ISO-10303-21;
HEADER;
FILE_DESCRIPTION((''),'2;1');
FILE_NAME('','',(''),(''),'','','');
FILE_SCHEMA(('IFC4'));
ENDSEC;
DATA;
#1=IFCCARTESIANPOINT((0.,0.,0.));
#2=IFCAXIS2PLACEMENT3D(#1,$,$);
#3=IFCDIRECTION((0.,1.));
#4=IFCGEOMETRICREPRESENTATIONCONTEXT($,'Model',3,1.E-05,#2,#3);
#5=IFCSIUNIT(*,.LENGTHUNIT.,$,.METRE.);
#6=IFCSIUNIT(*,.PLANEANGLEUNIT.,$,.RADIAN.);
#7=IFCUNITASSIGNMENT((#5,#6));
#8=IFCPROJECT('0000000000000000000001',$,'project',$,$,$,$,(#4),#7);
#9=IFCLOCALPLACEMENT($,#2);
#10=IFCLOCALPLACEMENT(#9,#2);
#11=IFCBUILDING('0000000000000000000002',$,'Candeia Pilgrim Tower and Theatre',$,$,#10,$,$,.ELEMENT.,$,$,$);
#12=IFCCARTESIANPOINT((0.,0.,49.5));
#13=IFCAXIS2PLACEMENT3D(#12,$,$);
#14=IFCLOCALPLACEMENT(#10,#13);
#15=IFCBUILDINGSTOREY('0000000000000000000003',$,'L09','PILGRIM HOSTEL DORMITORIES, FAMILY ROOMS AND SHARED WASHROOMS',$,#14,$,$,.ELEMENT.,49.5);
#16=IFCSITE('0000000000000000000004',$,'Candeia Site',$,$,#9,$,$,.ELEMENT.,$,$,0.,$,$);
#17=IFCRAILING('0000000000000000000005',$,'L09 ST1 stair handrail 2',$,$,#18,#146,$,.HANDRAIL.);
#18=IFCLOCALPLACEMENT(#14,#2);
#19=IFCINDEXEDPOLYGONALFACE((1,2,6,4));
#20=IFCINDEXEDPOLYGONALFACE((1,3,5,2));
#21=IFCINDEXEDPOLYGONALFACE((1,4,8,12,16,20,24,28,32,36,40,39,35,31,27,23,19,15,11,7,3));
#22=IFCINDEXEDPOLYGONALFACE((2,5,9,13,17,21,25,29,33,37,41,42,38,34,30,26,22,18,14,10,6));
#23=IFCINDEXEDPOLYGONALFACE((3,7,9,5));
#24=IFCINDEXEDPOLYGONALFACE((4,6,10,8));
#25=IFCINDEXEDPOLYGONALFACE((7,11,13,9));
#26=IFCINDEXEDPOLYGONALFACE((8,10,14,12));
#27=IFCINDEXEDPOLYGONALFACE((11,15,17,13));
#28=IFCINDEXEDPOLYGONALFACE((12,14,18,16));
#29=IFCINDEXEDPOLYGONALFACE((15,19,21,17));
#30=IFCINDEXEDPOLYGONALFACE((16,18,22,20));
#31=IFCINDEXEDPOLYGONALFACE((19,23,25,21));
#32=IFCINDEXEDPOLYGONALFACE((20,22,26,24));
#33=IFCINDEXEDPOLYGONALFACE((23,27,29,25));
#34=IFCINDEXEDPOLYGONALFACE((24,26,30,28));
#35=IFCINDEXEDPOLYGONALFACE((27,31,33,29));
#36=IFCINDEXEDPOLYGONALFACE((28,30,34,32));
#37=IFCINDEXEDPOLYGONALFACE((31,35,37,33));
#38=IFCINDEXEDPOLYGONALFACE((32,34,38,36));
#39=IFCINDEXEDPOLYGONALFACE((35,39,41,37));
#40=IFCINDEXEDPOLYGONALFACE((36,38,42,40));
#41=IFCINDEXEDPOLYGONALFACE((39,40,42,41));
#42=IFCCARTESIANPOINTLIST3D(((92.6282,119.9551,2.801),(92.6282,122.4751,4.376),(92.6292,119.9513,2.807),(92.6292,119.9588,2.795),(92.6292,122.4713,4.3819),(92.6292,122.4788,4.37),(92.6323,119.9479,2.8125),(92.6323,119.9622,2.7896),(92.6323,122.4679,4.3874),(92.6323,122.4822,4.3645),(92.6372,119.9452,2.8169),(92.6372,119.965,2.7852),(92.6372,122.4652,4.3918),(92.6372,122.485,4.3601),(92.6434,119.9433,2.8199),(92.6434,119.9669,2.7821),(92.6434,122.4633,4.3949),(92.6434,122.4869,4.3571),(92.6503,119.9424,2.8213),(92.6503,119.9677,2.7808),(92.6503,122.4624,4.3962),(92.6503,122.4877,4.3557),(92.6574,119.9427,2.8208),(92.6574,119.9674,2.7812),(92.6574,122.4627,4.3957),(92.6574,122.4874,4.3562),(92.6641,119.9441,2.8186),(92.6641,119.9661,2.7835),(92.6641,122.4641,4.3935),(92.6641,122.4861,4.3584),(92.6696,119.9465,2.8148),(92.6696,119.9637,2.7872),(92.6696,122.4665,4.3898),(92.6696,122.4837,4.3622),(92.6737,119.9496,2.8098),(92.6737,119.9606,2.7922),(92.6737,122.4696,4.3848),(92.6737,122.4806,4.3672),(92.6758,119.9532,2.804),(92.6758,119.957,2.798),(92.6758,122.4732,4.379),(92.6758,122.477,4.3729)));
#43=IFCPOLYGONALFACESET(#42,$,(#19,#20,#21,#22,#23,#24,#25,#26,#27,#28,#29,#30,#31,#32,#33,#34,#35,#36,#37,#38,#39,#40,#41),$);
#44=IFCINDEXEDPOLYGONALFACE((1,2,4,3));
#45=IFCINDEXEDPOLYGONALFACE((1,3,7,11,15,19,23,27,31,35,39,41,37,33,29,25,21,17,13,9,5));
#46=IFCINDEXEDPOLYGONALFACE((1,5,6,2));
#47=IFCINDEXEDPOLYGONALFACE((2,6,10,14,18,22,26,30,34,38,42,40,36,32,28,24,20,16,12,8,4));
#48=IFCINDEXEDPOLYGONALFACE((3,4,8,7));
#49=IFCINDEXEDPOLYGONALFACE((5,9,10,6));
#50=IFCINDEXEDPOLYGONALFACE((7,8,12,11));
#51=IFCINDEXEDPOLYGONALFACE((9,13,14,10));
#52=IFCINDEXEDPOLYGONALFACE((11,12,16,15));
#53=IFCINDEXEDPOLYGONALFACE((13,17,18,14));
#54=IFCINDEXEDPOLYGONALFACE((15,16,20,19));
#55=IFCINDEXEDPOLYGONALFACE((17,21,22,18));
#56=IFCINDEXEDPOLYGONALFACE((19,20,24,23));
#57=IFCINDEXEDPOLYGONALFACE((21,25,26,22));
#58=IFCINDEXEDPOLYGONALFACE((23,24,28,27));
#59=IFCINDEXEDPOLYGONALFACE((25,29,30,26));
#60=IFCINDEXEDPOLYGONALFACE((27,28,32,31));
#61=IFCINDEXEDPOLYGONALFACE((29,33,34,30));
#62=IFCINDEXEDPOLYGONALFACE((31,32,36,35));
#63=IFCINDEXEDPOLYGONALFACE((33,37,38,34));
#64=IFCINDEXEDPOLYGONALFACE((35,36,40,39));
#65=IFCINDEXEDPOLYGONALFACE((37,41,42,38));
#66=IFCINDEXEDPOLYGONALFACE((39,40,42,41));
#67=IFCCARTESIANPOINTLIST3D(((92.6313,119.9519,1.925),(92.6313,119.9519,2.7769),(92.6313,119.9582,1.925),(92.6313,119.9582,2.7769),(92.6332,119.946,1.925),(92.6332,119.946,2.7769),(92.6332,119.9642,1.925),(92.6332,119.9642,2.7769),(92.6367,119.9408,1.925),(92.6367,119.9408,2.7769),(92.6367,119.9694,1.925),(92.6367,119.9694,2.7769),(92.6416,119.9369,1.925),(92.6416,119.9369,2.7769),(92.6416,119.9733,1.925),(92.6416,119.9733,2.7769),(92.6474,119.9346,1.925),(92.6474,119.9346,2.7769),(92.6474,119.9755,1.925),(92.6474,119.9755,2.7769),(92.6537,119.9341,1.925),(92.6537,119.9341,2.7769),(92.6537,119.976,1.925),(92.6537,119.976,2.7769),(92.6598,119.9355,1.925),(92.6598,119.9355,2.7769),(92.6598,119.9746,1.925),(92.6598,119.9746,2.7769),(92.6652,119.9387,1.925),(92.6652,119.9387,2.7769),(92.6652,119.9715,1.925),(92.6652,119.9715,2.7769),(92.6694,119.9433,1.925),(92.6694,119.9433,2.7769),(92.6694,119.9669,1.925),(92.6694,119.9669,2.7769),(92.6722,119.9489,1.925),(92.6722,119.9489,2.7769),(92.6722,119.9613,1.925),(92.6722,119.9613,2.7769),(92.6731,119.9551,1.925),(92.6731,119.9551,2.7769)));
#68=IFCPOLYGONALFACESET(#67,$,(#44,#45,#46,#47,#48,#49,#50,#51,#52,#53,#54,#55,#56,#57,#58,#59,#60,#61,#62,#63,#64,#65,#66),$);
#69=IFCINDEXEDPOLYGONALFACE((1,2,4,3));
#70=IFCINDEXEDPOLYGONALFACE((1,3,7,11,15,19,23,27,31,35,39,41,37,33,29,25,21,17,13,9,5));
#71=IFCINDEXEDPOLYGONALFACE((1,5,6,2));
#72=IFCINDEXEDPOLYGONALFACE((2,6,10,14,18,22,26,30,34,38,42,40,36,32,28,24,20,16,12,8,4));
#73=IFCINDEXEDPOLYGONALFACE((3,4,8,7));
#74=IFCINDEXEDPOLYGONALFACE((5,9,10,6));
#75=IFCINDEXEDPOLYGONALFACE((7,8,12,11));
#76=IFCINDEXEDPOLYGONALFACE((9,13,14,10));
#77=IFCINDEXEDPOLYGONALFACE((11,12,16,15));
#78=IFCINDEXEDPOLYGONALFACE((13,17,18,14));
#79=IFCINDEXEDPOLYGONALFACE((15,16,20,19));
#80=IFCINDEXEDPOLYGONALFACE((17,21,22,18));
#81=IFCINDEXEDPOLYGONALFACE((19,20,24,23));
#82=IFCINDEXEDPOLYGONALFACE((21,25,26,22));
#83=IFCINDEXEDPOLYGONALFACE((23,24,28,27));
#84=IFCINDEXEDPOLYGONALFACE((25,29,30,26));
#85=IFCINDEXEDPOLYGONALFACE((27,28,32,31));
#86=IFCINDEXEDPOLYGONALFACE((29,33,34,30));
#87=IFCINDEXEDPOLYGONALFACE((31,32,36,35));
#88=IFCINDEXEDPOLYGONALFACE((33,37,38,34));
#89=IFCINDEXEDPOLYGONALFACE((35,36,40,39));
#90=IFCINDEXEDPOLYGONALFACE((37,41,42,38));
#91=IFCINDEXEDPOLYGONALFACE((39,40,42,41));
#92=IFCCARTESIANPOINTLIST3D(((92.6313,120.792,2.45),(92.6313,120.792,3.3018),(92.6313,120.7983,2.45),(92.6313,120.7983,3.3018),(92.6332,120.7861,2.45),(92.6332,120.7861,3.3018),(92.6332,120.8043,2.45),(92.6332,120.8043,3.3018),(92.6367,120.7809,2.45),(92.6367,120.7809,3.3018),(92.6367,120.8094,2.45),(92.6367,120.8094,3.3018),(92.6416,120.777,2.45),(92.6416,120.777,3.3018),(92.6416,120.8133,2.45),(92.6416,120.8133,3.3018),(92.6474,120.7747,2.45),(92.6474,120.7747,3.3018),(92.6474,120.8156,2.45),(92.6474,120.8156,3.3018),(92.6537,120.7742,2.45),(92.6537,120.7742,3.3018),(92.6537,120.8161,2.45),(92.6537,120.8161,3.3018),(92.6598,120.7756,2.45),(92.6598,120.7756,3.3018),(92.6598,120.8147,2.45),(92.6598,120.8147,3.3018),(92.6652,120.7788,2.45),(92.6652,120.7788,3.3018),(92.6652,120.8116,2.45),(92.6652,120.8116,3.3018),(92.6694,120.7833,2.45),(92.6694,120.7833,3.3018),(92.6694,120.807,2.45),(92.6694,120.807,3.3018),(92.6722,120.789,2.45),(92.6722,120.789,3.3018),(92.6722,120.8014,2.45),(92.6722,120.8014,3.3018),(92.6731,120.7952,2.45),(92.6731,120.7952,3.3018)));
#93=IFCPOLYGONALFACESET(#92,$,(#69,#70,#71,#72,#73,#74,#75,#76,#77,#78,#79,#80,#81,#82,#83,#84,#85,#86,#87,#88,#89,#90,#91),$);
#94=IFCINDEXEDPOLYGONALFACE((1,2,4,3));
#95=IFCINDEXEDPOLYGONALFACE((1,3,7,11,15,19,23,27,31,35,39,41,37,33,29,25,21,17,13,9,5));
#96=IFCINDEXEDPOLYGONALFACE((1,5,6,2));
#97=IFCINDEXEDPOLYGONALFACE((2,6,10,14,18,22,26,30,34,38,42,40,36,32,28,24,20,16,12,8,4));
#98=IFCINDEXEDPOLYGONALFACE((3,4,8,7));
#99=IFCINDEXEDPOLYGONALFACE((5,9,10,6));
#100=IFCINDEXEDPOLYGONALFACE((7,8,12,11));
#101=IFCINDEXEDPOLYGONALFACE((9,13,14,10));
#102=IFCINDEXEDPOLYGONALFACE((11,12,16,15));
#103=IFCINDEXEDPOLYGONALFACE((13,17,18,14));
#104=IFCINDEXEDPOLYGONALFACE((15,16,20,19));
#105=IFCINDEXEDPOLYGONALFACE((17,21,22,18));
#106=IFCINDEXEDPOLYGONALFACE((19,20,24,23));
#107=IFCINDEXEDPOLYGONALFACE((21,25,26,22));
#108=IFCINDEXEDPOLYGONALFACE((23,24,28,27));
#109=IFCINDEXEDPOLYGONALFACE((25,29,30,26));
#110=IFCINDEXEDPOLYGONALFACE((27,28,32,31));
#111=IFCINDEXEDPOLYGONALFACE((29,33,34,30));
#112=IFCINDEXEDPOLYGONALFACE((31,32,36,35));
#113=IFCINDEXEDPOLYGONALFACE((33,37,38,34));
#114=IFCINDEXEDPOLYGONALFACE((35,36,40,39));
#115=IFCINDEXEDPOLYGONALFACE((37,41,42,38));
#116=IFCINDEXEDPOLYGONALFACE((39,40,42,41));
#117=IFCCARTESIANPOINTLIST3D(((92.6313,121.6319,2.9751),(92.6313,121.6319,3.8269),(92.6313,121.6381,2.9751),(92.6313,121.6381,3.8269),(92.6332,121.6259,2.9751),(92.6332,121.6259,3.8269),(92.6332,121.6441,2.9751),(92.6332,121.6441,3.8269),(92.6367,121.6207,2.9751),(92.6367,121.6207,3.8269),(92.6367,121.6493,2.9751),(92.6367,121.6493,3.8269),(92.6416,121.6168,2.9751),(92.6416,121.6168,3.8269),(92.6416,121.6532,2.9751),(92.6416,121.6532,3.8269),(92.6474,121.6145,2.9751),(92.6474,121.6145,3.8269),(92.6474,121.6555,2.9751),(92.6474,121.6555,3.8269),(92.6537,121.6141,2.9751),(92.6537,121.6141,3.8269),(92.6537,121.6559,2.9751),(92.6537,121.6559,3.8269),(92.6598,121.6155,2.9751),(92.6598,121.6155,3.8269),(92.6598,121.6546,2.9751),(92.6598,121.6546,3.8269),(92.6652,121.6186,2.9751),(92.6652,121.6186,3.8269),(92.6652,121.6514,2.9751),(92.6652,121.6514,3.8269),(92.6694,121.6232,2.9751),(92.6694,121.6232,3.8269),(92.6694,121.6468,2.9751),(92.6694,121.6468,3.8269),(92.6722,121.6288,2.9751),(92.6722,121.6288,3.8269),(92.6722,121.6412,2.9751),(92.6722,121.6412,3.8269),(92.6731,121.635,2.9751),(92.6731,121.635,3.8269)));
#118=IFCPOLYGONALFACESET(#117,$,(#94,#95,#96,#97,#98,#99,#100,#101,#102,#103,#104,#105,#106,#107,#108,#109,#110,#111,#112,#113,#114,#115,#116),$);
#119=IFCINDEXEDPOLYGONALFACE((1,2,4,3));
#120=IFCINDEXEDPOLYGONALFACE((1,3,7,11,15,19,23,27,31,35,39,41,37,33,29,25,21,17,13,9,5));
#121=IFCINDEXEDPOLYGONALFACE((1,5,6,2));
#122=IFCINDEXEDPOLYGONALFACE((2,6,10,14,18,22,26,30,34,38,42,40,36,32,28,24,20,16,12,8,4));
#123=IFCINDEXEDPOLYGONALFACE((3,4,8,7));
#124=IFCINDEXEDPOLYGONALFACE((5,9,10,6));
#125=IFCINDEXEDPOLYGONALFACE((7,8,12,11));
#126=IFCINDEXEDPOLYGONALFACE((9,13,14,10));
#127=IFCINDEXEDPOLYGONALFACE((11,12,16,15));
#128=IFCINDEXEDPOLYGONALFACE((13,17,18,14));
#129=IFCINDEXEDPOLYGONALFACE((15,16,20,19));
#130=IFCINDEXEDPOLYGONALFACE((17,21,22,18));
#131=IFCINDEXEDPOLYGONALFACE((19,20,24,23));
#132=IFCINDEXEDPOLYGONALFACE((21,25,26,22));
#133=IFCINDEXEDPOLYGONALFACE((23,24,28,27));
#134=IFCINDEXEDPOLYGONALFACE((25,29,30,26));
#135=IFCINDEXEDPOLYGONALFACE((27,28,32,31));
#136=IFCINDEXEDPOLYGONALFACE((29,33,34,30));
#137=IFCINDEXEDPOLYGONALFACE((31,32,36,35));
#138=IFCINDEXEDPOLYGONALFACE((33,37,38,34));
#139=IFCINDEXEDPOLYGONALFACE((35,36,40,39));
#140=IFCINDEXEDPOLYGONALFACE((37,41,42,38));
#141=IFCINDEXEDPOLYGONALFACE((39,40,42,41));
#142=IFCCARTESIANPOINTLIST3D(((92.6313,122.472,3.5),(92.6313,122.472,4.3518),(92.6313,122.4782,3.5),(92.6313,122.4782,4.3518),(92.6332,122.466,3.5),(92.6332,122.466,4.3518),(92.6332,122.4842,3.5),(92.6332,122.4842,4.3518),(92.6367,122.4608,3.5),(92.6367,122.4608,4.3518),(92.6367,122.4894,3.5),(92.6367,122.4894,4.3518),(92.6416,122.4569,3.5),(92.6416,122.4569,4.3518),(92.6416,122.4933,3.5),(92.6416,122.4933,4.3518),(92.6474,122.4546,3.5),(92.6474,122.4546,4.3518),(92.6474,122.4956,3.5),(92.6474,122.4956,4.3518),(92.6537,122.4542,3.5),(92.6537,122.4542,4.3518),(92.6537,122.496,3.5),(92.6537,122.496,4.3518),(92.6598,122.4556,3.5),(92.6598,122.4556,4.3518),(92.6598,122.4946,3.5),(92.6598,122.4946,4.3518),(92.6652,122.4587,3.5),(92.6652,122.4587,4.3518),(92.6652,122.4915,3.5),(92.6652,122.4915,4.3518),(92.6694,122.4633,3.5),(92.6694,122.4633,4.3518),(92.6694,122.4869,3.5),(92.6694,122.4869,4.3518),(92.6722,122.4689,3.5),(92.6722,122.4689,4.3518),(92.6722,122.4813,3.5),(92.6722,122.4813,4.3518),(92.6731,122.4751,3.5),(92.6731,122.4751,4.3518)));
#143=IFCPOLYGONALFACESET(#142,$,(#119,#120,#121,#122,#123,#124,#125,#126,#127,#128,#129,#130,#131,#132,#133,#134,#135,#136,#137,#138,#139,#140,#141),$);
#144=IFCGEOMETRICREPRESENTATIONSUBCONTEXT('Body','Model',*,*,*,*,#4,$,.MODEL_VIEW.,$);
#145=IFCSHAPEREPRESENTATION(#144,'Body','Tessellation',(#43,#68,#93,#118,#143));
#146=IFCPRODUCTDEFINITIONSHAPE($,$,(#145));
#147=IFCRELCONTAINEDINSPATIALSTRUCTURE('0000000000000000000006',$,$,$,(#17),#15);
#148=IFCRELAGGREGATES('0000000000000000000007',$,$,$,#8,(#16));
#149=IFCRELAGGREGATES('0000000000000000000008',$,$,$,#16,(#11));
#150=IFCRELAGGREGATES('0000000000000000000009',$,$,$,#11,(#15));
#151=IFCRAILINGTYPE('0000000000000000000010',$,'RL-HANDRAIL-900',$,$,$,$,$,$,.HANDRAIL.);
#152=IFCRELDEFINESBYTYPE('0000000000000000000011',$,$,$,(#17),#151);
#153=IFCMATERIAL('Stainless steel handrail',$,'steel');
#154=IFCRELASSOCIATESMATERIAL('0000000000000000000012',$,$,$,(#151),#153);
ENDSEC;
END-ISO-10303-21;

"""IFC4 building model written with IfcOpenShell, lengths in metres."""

from ifc_helpers import new_model, si_unit, direction, frame, origin, origin_2d, place, context, subcontext, project, spatial, circle, extrude, material, type_object, element, save


model = new_model("IFC4")

# Units and contexts
model_context = context("Model", 3, precision=1e-05, world=origin(), true_north=direction((0.0, 1.0)))
body_context = subcontext(model_context, "Body", "Model", "MODEL_VIEW")
ifc_project = project(units=[si_unit("LENGTHUNIT", "METRE"), si_unit("PLANEANGLEUNIT", "RADIAN")], contexts=[model_context])

# Site, building, storey
site_placement = place(None, origin())
site = spatial("IfcSite", under=ifc_project, at=site_placement, Name="Candeia Site", CompositionType="ELEMENT", RefElevation=0.0)
building_placement = place(site_placement, origin())
building = spatial("IfcBuilding", under=site, at=building_placement, Name="Candeia Pilgrim Tower and Theatre", CompositionType="ELEMENT")
storey_placement = place(building_placement, frame((0.0, 0.0, 49.5)))
storey = spatial("IfcBuildingStorey", under=building, at=storey_placement, Name="L09", Description="PILGRIM HOSTEL DORMITORIES, FAMILY ROOMS AND SHARED WASHROOMS", CompositionType="ELEMENT", Elevation=49.5)

# Railing
ifc_material_1 = material(Name="Stainless steel handrail", Category="steel")
railing_type_1 = type_object("IfcRailingType", Name="RL-HANDRAIL-900", PredefinedType="HANDRAIL", material=ifc_material_1)
railing_1_placement = place(storey_placement, frame((92.6521, 119.9551, 1.925)))
element("IfcRailing", 1, at=railing_1_placement, inside=storey, type_object=railing_type_1, Name="L09 ST1 stair handrail 2", PredefinedType="HANDRAIL", context=body_context, shape_type="SweptSolid", body=[
    extrude(circle(Radius=0.0239, at=origin_2d()), frame((0.0, 0.0, 0.876), z_axis=(0.0, 0.848008, 0.529984), x_axis=(-1.0, 0.0, 0.0)), (0.0, 0.0, 1.0), 2.9717),
    extrude(circle(Radius=0.021, at=origin_2d()), origin(), (0.0, 0.0, 1.0), 0.8518),
    extrude(circle(Radius=0.021, at=origin_2d()), frame((0.0, 0.8401, 0.5249)), (0.0, 0.0, 1.0), 0.8518),
    extrude(circle(Radius=0.021, at=origin_2d()), frame((0.0, 1.6799, 1.05)), (0.0, 0.0, 1.0), 0.8518),
    extrude(circle(Radius=0.021, at=origin_2d()), frame((0.0, 2.52, 1.575)), (0.0, 0.0, 1.0), 0.8518),
])

save(model, "model.ifc")
